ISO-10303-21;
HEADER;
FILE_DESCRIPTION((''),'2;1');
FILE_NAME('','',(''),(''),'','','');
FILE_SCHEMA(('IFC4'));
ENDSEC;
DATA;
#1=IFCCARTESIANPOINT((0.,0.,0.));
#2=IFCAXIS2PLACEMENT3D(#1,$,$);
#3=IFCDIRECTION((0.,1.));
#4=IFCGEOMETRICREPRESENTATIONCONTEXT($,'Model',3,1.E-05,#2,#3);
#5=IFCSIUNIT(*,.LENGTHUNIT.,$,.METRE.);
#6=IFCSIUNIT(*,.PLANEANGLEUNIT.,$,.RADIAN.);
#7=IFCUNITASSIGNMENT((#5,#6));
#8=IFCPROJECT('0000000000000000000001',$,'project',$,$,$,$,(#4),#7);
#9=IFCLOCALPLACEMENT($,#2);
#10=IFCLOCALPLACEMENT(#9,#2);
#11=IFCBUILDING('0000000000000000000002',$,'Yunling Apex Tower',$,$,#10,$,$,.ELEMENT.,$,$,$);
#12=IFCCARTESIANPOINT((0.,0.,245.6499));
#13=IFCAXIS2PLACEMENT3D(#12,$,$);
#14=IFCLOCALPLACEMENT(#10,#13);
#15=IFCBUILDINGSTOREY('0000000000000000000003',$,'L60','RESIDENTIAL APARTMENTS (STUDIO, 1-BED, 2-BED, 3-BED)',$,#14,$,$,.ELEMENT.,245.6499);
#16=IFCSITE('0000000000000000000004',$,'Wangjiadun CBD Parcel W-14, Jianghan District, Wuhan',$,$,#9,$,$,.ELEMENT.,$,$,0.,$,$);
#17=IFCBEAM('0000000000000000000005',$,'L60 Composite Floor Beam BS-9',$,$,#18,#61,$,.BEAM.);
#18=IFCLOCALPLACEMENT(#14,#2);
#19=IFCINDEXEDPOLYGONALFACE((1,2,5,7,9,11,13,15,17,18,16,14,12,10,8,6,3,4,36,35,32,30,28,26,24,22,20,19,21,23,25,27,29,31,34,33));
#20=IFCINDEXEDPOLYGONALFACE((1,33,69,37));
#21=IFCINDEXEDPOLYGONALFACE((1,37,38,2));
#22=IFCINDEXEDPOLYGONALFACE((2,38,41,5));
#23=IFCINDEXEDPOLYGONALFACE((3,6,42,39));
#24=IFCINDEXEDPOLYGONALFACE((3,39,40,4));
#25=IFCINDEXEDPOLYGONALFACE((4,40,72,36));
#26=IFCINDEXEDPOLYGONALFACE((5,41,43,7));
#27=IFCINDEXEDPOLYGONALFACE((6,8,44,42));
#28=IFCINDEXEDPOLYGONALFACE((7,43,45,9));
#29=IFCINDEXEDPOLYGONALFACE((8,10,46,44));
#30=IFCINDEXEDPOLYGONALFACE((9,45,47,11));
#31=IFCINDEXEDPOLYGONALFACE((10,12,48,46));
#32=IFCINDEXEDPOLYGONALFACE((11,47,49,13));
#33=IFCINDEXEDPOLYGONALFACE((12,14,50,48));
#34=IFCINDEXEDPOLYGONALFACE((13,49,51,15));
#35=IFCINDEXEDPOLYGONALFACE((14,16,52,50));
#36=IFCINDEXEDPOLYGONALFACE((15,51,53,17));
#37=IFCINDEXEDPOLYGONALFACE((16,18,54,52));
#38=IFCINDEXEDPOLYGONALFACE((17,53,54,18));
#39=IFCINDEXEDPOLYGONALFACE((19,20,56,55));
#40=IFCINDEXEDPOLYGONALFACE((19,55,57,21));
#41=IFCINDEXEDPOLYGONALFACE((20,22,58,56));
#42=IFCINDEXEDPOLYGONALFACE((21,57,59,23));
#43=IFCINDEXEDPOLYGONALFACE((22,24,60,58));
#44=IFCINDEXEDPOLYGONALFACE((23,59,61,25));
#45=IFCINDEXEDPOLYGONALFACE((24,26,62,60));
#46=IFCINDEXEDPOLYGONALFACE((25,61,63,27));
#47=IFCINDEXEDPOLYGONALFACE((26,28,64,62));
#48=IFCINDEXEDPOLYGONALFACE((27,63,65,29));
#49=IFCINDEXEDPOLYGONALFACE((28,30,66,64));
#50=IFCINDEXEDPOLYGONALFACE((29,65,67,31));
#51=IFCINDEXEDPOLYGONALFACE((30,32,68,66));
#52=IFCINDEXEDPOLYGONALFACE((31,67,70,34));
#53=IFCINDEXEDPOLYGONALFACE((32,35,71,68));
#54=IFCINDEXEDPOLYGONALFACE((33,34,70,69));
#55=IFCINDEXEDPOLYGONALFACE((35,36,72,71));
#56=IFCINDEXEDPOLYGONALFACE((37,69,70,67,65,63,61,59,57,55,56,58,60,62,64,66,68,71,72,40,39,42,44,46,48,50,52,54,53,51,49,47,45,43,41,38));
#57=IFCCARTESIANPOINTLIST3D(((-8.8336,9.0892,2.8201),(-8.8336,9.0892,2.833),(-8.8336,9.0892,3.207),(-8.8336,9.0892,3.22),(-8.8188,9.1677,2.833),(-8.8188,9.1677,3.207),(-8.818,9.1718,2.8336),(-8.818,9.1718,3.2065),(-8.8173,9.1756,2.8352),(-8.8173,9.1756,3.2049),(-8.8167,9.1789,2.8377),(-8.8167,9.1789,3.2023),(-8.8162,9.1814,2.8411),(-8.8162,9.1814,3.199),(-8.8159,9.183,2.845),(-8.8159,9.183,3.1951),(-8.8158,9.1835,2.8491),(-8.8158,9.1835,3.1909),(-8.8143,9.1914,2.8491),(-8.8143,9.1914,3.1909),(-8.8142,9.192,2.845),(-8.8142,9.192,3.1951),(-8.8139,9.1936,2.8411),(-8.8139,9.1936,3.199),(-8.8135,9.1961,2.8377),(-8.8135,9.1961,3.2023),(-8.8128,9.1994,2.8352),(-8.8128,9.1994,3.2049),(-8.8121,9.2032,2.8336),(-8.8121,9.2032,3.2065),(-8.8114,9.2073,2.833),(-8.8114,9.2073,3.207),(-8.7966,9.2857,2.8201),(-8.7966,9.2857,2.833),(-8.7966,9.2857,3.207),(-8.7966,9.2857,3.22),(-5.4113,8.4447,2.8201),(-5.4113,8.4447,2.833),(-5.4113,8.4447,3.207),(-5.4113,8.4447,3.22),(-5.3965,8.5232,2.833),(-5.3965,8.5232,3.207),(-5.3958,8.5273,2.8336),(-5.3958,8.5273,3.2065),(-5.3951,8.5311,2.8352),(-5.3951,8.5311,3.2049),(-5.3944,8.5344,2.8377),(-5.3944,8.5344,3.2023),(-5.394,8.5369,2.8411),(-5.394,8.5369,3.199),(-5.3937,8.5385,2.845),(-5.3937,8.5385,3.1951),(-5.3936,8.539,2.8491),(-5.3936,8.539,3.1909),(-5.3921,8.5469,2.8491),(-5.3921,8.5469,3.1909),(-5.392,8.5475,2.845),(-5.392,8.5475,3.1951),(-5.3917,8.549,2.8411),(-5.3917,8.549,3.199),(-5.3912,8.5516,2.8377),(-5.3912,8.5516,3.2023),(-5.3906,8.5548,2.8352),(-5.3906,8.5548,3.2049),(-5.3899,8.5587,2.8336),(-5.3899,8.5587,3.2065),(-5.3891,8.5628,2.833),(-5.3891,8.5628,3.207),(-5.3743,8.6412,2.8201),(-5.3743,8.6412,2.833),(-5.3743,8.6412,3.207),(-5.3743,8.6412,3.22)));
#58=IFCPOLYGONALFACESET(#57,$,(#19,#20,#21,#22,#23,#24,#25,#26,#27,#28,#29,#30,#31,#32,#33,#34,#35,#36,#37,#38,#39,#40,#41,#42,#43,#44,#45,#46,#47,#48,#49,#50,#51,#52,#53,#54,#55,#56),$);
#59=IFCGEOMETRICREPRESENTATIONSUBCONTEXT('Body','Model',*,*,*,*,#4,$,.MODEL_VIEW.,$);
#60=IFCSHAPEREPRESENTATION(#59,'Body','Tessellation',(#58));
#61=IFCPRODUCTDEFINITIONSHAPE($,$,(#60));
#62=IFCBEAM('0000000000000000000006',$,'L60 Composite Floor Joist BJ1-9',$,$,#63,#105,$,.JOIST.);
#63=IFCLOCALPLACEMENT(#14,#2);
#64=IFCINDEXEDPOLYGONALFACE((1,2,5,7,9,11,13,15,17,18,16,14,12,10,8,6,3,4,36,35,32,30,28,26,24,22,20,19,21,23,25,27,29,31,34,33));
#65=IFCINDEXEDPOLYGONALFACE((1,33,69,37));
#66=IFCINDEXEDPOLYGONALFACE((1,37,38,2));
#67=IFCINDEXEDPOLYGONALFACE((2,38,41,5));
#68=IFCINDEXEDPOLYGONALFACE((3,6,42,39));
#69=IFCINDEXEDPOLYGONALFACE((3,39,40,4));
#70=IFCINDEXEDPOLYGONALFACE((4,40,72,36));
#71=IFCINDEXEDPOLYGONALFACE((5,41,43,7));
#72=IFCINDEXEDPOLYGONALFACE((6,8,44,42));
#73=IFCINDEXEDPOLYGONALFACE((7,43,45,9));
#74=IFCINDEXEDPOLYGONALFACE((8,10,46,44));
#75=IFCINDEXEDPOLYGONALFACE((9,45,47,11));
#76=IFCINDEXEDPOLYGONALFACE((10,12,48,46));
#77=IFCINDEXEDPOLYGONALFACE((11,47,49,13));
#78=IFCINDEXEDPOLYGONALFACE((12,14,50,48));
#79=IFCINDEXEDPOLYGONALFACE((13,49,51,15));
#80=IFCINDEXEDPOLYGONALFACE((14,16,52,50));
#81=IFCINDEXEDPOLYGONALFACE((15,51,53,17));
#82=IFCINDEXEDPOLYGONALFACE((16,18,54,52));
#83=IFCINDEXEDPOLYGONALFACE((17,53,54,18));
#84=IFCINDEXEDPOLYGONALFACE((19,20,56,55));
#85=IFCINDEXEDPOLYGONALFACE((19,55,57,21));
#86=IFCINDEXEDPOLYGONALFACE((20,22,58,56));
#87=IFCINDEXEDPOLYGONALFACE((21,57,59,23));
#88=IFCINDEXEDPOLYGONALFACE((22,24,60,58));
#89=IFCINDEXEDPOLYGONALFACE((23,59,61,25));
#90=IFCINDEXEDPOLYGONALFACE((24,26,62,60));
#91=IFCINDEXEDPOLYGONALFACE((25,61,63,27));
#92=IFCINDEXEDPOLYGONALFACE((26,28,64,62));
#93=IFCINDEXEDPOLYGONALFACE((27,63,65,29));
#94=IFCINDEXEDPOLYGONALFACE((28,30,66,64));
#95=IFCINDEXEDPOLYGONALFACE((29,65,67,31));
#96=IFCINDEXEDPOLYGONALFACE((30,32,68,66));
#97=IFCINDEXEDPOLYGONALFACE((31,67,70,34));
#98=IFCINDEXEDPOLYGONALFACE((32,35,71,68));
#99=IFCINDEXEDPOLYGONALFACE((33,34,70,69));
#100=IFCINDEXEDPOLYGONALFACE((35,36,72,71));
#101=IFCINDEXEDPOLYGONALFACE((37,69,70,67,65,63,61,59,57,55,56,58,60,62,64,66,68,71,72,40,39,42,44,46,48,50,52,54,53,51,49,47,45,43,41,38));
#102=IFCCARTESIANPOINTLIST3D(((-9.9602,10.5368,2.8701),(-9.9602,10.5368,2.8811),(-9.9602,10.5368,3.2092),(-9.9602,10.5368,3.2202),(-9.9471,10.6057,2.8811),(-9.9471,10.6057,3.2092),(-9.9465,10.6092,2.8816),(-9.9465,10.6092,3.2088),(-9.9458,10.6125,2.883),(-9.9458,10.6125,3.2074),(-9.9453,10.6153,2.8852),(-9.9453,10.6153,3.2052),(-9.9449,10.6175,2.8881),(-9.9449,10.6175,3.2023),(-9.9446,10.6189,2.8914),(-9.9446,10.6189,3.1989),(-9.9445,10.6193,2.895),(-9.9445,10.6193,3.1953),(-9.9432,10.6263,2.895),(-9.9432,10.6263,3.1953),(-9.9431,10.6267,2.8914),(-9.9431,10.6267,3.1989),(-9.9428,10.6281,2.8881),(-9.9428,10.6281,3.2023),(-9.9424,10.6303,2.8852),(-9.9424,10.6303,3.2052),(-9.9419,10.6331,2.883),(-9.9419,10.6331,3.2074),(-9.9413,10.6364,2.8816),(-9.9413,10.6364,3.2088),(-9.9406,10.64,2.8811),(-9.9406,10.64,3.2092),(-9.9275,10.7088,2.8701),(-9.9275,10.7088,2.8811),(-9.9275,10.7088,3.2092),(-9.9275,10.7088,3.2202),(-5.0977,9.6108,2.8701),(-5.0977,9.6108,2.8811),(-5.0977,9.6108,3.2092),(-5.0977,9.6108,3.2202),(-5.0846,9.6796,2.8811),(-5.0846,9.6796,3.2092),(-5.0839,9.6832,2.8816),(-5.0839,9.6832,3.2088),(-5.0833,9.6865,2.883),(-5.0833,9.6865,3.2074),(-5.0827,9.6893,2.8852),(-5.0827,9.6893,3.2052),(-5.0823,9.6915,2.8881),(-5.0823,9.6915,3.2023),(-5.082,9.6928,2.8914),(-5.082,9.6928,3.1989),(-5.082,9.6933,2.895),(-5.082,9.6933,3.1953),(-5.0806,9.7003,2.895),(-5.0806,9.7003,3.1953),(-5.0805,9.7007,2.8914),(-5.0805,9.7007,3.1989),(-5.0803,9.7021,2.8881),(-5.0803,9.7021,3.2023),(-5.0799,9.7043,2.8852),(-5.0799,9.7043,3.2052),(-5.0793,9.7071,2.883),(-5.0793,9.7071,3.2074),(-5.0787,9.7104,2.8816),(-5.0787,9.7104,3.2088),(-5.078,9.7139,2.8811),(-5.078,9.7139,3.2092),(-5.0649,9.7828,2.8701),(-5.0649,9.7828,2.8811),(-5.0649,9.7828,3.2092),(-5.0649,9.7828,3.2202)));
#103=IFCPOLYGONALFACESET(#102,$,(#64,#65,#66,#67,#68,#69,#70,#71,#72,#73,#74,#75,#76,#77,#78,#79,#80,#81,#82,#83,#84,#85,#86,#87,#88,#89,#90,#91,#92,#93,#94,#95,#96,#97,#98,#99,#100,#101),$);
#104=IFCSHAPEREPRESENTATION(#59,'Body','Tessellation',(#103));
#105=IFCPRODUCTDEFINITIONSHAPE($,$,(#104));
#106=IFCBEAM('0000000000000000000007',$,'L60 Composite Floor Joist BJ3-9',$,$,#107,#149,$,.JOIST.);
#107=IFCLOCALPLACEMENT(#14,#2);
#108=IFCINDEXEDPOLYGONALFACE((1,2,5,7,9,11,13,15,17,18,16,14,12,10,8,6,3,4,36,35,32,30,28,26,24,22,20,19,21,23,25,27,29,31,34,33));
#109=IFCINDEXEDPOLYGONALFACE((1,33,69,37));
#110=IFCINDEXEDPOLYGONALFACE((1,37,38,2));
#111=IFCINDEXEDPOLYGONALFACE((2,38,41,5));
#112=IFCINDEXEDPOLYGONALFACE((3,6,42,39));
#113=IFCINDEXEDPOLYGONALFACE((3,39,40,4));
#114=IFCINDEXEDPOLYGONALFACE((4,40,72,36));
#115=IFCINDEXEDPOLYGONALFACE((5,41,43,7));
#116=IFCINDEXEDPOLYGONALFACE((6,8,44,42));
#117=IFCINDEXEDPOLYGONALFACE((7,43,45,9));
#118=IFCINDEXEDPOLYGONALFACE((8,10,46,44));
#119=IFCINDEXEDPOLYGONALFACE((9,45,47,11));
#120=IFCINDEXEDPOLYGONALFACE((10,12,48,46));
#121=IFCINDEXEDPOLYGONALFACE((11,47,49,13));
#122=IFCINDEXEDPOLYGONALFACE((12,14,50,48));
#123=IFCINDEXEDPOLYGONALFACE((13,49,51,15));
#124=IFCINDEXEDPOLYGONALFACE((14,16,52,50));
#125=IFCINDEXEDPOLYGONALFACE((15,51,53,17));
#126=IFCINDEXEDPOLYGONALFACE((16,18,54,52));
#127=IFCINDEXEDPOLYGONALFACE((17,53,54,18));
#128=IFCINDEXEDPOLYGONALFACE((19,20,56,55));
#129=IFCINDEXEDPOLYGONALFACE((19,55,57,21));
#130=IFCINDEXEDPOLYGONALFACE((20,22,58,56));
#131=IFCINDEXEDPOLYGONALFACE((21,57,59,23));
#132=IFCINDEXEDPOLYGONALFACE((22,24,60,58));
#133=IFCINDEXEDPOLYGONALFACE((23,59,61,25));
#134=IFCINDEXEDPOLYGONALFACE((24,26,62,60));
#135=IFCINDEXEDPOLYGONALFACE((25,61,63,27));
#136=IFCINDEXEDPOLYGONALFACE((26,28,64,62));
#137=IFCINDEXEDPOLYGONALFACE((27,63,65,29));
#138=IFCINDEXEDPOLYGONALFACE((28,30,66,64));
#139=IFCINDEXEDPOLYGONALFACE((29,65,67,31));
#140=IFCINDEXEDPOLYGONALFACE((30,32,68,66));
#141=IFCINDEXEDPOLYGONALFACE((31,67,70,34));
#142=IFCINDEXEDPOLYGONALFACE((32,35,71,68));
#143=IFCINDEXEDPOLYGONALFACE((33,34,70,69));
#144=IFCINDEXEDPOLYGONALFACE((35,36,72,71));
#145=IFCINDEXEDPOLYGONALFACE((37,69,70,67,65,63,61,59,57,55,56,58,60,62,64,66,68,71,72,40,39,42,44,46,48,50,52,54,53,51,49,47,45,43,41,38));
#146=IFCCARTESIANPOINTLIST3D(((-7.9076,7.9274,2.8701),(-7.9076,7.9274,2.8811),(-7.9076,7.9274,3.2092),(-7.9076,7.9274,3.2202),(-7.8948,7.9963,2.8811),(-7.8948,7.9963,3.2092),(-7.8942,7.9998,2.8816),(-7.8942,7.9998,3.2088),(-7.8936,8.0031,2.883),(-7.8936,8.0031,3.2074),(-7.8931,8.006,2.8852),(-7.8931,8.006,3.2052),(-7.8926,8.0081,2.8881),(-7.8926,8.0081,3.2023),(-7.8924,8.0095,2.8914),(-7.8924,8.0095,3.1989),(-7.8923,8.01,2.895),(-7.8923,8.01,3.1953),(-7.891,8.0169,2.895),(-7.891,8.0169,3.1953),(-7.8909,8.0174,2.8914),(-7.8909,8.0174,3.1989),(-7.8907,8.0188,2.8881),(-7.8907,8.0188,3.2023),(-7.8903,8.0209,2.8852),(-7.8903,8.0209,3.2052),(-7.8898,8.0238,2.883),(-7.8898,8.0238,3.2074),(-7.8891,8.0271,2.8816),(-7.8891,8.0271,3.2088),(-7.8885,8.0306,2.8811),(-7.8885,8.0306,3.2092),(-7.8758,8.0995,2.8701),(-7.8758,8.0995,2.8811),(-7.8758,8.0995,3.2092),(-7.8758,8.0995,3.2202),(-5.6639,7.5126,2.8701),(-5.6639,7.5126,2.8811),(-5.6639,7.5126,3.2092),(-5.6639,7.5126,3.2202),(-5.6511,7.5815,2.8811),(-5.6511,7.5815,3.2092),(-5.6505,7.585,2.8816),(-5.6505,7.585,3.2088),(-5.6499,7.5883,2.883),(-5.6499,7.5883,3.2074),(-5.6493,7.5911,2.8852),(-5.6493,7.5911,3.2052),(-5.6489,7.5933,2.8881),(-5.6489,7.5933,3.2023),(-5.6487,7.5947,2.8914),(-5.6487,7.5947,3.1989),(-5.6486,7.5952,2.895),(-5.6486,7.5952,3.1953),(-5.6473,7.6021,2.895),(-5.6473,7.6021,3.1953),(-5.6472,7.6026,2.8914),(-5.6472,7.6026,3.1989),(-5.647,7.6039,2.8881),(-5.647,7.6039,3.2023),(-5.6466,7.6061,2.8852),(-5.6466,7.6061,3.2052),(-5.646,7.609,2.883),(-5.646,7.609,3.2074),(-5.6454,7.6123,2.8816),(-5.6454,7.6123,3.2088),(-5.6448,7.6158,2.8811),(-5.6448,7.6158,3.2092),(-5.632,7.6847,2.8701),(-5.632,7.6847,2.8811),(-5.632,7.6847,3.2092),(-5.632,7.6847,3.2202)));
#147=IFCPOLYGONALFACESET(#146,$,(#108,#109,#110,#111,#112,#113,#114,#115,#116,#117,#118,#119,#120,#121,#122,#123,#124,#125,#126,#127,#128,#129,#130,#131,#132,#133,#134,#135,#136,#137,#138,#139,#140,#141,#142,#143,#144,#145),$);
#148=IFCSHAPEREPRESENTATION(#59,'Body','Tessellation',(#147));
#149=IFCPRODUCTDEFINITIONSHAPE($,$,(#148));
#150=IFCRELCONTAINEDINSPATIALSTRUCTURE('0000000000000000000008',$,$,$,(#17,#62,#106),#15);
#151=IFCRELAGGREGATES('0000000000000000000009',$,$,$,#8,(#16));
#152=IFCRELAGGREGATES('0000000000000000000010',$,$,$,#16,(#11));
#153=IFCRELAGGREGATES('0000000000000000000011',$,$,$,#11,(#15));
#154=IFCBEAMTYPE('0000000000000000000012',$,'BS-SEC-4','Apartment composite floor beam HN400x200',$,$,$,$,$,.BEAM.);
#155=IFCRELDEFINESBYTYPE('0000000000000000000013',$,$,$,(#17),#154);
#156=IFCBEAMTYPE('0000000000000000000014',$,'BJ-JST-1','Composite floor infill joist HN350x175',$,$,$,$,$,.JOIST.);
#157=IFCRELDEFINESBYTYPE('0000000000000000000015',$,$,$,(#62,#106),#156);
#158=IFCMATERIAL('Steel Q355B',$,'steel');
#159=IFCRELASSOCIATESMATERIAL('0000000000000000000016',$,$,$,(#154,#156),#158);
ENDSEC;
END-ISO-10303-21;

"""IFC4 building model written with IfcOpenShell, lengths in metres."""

from ifc_helpers import new_model, si_unit, direction, frame, origin, origin_2d, place, context, subcontext, project, spatial, i_section, extrude, source, transform, mapped, material, material_profile, profile_set, type_object, element, save


model = new_model("IFC4")

# Units and contexts
model_context = context("Model", 3, precision=1e-05, world=origin(), true_north=direction((0.0, 1.0)))
body_context = subcontext(model_context, "Body", "Model", "MODEL_VIEW")
ifc_project = project(units=[si_unit("LENGTHUNIT", "METRE"), si_unit("PLANEANGLEUNIT", "RADIAN")], contexts=[model_context])

# Site, building, storey
site_placement = place(None, origin())
site = spatial("IfcSite", under=ifc_project, at=site_placement, Name="Wangjiadun CBD Parcel W-14, Jianghan District, Wuhan", CompositionType="ELEMENT", RefElevation=0.0)
building_placement = place(site_placement, origin())
building = spatial("IfcBuilding", under=site, at=building_placement, Name="Yunling Apex Tower", CompositionType="ELEMENT")
storey_placement = place(building_placement, frame((0.0, 0.0, 245.6499)))
storey = spatial("IfcBuildingStorey", under=building, at=storey_placement, Name="L60", Description="RESIDENTIAL APARTMENTS (STUDIO, 1-BED, 2-BED, 3-BED)", CompositionType="ELEMENT", Elevation=245.6499)

# Beams
ifc_material_1 = material(Name="Steel Q355B", Category="steel")
ifc_material_profile_1 = material_profile(ifc_material_1, i_section(OverallWidth=0.2, OverallDepth=0.3999, WebThickness=0.0081, FlangeThickness=0.0129, FilletRadius=0.0161, at=origin_2d()))
ifc_profile_set_1 = profile_set([ifc_material_profile_1], Name="Steel Q355B")
beam_type_1 = type_object("IfcBeamType", Name="BS-SEC-4", Description="Apartment composite floor beam HN400x200", PredefinedType="BEAM", material=ifc_profile_set_1)
shared_shape_1 = source(origin(), body_context, "Body", "SweptSolid", [
    extrude(i_section(OverallWidth=0.2, OverallDepth=0.3999, WebThickness=0.0081, FlangeThickness=0.0129, FilletRadius=0.0161, at=origin_2d()), origin(), (0.0, 0.0, 1.0), 3.4824),
])
beam_1_placement = place(storey_placement, frame((-5.3928, 8.543, 3.02), z_axis=(-0.982724, 0.185076, 0.0), x_axis=(-0.185076, -0.982724, 0.0)))
element("IfcBeam", 1, at=beam_1_placement, inside=storey, type_object=beam_type_1, Name="L60 Composite Floor Beam BS-9", PredefinedType="BEAM", context=body_context, shape_type="MappedRepresentation", body=[
    mapped(shared_shape_1, transform((0.0, 0.0, 0.0), scale=1.0)),
])
ifc_material_profile_2 = material_profile(ifc_material_1, i_section(OverallWidth=0.175, OverallDepth=0.3501, WebThickness=0.0071, FlangeThickness=0.011, FilletRadius=0.0139, at=origin_2d()))
ifc_profile_set_2 = profile_set([ifc_material_profile_2], Name="Steel Q355B")
beam_type_2 = type_object("IfcBeamType", Name="BJ-JST-1", Description="Composite floor infill joist HN350x175", PredefinedType="JOIST", material=ifc_profile_set_2)
shared_shape_2 = source(origin(), body_context, "Body", "SweptSolid", [
    extrude(i_section(OverallWidth=0.175, OverallDepth=0.3501, WebThickness=0.0071, FlangeThickness=0.011, FilletRadius=0.0139, at=origin_2d()), origin(), (0.0, 0.0, 1.0), 4.95),
])
beam_2_placement = place(storey_placement, frame((-5.0813, 9.6968, 3.0452), z_axis=(-0.982345, 0.187078, 0.0), x_axis=(-0.187078, -0.982345, 0.0)))
element("IfcBeam", 2, at=beam_2_placement, inside=storey, type_object=beam_type_2, Name="L60 Composite Floor Joist BJ1-9", PredefinedType="JOIST", context=body_context, shape_type="MappedRepresentation", body=[
    mapped(shared_shape_2, transform((0.0, 0.0, 0.0), scale=1.0)),
])
shared_shape_3 = source(origin(), body_context, "Body", "SweptSolid", [
    extrude(i_section(OverallWidth=0.175, OverallDepth=0.3501, WebThickness=0.0071, FlangeThickness=0.011, FilletRadius=0.0139, at=origin_2d()), origin(), (0.0, 0.0, 1.0), 2.2817),
])
beam_3_placement = place(storey_placement, frame((-5.6479, 7.5986, 3.0452), z_axis=(-0.983337, 0.181794, 0.0), x_axis=(-0.181794, -0.983337, 0.0)))
element("IfcBeam", 3, at=beam_3_placement, inside=storey, type_object=beam_type_2, Name="L60 Composite Floor Joist BJ3-9", PredefinedType="JOIST", context=body_context, shape_type="MappedRepresentation", body=[
    mapped(shared_shape_3, transform((0.0, 0.0, 0.0), scale=1.0)),
])

save(model, "model.ifc")
